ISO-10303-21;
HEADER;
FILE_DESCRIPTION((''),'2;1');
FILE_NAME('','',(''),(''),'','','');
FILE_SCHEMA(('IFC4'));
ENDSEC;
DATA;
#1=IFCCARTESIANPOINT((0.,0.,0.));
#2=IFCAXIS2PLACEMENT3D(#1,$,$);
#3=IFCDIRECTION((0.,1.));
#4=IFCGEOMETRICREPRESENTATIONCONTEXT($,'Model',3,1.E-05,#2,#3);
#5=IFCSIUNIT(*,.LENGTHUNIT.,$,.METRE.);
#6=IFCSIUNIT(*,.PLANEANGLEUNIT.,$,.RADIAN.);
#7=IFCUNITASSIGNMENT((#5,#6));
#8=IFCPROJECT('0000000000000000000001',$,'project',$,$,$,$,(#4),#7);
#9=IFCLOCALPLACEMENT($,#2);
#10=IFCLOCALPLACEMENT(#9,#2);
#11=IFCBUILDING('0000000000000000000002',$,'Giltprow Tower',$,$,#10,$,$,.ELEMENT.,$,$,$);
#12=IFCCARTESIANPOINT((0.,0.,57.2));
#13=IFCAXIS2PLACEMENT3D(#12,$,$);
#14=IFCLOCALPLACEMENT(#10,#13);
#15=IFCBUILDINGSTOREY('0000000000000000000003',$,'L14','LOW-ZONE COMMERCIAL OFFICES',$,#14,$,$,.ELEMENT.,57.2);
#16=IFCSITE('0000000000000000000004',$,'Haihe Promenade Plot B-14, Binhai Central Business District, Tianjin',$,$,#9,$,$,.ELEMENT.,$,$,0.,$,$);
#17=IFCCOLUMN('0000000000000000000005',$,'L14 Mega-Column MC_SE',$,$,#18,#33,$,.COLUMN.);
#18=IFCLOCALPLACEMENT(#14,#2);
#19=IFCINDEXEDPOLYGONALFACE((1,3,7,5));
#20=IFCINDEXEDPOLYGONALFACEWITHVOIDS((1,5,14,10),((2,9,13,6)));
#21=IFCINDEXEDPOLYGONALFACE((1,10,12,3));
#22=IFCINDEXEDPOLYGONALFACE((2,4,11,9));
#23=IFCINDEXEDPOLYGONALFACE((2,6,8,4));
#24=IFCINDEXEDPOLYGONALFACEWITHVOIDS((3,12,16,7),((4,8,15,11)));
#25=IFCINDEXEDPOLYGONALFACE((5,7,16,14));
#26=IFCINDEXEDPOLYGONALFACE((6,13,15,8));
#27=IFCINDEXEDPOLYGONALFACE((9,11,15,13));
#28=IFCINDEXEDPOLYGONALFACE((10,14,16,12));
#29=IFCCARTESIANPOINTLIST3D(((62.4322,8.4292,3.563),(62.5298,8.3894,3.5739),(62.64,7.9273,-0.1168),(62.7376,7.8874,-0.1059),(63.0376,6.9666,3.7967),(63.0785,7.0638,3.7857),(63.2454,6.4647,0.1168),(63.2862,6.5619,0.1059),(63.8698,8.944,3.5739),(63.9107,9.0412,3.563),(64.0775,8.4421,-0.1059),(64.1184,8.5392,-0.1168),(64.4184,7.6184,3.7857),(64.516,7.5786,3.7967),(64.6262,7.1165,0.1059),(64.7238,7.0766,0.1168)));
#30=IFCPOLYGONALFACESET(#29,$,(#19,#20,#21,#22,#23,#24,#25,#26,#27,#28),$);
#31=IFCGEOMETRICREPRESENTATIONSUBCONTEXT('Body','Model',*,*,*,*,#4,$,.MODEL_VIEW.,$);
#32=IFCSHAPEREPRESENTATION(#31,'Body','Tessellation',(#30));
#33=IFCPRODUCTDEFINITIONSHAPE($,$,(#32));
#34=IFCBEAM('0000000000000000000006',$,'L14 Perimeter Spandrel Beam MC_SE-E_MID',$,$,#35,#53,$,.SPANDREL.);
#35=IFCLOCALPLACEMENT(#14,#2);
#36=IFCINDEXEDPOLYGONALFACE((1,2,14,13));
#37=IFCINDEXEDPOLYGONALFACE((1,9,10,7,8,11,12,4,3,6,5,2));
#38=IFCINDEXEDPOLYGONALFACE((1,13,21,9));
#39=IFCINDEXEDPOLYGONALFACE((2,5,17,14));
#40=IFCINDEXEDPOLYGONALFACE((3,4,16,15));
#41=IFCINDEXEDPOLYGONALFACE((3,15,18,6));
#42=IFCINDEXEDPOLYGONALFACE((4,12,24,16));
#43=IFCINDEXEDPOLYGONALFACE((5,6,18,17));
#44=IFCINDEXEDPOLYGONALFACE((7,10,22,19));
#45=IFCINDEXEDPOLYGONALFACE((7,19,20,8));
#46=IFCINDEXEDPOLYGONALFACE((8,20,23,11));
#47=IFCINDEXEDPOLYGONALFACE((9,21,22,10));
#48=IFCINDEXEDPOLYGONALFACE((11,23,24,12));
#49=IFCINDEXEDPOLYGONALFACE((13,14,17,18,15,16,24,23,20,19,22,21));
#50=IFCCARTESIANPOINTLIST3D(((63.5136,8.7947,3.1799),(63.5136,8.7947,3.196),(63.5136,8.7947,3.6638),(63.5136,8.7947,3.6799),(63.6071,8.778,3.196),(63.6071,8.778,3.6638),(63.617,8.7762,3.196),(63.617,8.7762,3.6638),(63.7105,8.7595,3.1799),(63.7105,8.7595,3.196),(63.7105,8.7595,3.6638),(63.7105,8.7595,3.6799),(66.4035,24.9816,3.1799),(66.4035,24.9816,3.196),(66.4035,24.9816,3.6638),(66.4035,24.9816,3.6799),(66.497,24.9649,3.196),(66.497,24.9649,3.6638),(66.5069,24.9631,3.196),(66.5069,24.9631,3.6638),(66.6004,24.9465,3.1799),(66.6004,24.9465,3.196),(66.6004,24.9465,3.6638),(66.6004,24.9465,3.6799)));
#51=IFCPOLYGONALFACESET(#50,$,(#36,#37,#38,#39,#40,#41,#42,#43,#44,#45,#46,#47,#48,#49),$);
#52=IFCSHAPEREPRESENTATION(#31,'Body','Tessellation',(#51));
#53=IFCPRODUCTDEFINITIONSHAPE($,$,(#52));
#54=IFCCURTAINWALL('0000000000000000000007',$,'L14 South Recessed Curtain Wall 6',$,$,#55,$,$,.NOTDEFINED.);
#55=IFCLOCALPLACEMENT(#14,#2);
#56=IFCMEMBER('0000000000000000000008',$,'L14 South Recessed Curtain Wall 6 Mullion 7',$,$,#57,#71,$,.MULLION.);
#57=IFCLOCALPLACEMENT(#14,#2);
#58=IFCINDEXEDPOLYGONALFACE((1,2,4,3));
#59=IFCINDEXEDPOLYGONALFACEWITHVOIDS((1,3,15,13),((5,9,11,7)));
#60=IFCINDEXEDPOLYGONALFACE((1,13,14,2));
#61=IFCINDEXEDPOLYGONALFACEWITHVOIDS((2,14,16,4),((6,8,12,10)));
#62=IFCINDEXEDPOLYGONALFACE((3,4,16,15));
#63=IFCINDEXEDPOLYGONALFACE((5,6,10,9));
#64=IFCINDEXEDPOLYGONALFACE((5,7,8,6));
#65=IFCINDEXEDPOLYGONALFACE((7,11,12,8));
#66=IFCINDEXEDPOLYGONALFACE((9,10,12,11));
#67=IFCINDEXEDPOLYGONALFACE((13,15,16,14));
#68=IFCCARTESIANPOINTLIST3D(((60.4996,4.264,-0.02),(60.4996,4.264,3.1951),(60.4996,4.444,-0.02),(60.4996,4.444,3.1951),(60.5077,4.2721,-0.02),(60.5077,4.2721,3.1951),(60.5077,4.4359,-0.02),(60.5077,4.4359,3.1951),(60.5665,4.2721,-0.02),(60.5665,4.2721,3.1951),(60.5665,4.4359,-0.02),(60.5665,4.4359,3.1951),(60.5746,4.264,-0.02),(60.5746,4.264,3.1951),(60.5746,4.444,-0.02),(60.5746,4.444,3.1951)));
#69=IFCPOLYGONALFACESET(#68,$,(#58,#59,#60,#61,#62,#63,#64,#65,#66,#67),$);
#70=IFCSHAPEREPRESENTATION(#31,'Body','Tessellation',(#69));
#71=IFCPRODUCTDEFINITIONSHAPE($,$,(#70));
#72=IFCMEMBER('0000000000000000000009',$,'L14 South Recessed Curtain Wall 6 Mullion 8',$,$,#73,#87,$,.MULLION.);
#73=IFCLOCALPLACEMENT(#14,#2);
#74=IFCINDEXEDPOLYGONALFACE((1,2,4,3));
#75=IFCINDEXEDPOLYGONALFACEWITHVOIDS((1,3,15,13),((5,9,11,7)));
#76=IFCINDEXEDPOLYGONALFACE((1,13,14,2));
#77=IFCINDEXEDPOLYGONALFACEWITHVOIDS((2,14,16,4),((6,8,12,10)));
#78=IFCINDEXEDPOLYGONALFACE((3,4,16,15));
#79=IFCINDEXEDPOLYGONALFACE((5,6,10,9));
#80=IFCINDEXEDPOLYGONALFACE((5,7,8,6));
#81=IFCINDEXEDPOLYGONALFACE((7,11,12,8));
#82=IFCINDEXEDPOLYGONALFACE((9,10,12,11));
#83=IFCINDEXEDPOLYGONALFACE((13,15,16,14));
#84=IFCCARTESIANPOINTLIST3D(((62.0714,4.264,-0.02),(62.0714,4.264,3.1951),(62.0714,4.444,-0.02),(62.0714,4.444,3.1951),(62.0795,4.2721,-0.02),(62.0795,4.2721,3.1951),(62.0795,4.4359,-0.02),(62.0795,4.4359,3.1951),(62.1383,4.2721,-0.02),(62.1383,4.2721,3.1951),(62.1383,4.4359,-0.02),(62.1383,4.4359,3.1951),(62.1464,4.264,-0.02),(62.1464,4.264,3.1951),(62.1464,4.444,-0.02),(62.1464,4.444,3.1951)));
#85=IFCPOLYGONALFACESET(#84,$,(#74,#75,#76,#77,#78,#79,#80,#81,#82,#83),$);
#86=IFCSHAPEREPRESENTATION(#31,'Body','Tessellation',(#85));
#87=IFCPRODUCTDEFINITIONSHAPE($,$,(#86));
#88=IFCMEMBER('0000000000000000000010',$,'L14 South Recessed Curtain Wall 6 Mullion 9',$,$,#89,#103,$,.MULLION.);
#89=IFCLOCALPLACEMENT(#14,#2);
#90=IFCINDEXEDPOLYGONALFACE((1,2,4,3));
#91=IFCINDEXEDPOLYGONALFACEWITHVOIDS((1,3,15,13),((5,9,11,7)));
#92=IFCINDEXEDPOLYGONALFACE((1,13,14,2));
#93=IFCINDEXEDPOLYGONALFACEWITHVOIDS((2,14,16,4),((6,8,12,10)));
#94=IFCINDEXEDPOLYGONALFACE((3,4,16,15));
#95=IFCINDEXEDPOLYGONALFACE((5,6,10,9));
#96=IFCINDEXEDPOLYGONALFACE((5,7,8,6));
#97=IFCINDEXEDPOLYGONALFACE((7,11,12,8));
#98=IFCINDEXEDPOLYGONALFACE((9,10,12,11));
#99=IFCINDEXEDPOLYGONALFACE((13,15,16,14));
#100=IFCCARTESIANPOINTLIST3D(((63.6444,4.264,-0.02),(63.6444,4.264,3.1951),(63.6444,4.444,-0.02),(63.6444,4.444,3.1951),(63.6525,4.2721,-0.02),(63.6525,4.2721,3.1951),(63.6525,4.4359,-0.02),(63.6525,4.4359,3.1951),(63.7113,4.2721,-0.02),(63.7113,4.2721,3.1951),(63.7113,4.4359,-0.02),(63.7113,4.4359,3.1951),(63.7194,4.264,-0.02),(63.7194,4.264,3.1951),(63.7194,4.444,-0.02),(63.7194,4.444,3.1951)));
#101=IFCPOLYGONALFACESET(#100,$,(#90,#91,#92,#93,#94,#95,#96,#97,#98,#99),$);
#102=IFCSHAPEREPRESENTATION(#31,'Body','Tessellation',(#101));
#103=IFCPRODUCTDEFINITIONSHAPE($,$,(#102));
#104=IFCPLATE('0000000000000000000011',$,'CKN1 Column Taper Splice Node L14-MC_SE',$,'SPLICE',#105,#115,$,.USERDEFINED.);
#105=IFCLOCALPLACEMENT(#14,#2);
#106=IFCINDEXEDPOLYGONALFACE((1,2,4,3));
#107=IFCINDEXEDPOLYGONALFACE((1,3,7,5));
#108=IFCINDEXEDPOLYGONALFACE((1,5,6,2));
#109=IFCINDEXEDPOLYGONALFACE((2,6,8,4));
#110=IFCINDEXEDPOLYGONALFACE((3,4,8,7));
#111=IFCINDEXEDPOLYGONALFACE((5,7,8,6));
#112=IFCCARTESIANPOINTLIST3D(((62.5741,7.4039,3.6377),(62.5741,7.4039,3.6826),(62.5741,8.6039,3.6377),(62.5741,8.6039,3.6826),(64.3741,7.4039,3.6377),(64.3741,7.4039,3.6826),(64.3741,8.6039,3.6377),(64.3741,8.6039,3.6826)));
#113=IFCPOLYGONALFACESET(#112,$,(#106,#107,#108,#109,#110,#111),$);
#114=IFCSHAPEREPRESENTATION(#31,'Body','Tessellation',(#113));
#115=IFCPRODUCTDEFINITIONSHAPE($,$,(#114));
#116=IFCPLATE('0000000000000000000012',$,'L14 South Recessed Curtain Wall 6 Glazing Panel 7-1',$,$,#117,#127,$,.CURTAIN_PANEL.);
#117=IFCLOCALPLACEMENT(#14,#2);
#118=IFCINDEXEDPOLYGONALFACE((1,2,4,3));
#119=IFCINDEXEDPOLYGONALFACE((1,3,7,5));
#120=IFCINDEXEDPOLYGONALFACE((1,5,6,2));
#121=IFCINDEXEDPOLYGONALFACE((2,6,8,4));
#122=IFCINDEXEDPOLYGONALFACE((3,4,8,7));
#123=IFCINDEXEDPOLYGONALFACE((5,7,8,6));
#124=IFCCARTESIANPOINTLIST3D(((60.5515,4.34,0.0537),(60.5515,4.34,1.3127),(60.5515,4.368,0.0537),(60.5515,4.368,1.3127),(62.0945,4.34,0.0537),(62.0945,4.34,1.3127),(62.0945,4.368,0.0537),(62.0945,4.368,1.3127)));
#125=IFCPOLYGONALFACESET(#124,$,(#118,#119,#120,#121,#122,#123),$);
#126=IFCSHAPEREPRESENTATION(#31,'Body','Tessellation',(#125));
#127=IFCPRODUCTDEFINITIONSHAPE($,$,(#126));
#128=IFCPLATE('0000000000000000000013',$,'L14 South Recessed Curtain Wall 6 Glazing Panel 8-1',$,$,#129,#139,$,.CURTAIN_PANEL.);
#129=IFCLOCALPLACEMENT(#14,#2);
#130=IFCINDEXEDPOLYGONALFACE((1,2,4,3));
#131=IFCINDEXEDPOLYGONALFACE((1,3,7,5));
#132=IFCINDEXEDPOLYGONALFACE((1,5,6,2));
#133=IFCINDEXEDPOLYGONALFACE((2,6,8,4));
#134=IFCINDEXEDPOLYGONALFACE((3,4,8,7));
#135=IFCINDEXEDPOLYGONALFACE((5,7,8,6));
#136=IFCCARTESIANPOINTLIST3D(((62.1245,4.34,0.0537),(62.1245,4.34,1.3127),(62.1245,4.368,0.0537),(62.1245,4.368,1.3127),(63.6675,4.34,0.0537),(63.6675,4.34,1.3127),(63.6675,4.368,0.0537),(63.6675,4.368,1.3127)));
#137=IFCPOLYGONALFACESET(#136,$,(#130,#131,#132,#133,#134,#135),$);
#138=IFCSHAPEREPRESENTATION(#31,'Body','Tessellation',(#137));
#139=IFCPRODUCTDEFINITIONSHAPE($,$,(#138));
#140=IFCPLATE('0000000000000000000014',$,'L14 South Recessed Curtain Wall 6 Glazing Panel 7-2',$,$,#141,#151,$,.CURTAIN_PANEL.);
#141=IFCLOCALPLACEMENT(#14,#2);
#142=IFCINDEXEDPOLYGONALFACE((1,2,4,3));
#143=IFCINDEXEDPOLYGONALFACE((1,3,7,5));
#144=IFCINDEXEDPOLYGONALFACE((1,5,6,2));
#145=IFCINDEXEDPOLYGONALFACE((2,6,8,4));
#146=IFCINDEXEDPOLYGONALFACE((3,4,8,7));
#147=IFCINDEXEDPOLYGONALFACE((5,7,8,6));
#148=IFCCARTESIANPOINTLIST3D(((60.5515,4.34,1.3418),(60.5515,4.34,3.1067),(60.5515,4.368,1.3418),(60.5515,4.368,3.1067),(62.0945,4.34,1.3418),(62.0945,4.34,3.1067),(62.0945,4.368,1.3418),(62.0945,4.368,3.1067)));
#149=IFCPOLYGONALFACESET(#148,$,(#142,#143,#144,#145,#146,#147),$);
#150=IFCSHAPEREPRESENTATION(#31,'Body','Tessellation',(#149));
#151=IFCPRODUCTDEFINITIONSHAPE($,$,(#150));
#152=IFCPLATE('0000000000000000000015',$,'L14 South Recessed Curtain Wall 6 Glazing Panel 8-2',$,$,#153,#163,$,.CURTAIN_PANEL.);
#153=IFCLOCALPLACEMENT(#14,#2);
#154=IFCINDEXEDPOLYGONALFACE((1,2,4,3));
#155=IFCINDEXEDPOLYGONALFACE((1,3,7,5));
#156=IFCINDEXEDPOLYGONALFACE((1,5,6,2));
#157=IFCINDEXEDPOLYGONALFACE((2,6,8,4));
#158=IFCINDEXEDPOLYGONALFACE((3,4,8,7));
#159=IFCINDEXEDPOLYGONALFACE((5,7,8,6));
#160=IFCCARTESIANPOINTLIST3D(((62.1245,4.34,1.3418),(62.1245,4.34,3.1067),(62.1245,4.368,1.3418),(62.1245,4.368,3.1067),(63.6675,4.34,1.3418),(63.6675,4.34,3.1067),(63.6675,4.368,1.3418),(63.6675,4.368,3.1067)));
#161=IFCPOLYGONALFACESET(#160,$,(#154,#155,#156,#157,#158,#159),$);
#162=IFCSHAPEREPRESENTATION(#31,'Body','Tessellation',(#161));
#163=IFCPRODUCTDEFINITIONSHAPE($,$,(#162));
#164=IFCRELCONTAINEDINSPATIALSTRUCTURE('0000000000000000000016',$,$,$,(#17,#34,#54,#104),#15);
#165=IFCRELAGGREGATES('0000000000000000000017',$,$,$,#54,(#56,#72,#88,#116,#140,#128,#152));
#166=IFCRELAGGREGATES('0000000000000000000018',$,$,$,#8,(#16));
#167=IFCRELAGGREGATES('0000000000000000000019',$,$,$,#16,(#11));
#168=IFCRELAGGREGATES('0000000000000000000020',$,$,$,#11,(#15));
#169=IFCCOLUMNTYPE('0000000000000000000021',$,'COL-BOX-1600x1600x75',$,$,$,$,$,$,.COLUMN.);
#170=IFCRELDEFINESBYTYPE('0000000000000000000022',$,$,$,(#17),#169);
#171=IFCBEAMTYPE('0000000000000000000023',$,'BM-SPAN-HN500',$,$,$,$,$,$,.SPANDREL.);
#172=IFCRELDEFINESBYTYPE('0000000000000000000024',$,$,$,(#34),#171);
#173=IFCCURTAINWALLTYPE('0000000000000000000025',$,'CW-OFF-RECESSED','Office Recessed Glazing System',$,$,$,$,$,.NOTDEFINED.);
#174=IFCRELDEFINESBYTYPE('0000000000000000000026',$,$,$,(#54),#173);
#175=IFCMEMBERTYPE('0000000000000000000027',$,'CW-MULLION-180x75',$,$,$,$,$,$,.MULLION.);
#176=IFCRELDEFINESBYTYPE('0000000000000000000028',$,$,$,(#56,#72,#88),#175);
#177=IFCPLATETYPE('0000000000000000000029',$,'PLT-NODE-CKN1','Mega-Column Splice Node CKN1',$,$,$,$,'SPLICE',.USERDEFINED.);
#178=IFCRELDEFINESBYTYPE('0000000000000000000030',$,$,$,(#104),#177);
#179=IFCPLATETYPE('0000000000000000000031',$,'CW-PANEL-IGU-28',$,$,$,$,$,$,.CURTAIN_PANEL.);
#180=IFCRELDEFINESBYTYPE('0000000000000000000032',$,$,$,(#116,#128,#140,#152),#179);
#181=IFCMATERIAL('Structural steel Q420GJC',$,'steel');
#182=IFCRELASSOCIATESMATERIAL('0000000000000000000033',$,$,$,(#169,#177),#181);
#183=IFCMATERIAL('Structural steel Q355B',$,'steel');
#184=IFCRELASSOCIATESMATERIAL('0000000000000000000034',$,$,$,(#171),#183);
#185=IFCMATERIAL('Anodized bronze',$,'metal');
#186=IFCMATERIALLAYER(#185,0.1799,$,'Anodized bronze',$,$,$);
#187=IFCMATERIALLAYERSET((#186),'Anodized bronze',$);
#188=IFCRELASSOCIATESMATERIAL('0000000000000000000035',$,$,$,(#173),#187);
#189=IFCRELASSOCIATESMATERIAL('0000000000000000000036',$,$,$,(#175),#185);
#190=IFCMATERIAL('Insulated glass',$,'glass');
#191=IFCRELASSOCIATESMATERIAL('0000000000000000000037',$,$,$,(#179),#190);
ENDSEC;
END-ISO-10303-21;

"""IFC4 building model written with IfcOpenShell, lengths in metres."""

from ifc_helpers import new_model, si_unit, direction, frame, origin, origin_2d, place, context, subcontext, project, spatial, rectangle, hollow_rectangle, i_section, extrude, source, transform, mapped, material, layer, layer_set, material_profile, profile_set, type_object, element, aggregate, save


model = new_model("IFC4")

# Units and contexts
model_context = context("Model", 3, precision=1e-05, world=origin(), true_north=direction((0.0, 1.0)))
body_context = subcontext(model_context, "Body", "Model", "MODEL_VIEW")
ifc_project = project(units=[si_unit("LENGTHUNIT", "METRE"), si_unit("PLANEANGLEUNIT", "RADIAN")], contexts=[model_context])

# Site, building, storey
site_placement = place(None, origin())
site = spatial("IfcSite", under=ifc_project, at=site_placement, Name="Haihe Promenade Plot B-14, Binhai Central Business District, Tianjin", CompositionType="ELEMENT", RefElevation=0.0)
building_placement = place(site_placement, origin())
building = spatial("IfcBuilding", under=site, at=building_placement, Name="Giltprow Tower", CompositionType="ELEMENT")
storey_placement = place(building_placement, frame((0.0, 0.0, 57.2)))
storey = spatial("IfcBuildingStorey", under=building, at=storey_placement, Name="L14", Description="LOW-ZONE COMMERCIAL OFFICES", CompositionType="ELEMENT", Elevation=57.2)

# Column
ifc_material_1 = material(Name="Structural steel Q420GJC", Category="steel")
ifc_material_profile_1 = material_profile(ifc_material_1, hollow_rectangle(XDim=1.6001, YDim=1.6001, WallThickness=0.075, at=origin_2d()), Name="BOX 1600x1600x75")
ifc_profile_set_1 = profile_set([ifc_material_profile_1], Name="Structural steel Q420GJC")
column_type = type_object("IfcColumnType", Name="COL-BOX-1600x1600x75", PredefinedType="COLUMN", material=ifc_profile_set_1)
shared_shape_1 = source(origin(), body_context, "Body", "SweptSolid", [
    extrude(hollow_rectangle(XDim=1.6001, YDim=1.6001, WallThickness=0.075, at=origin_2d()), origin(), (0.0, 0.0, 1.0), 3.7197),
])
column_placement = place(storey_placement, frame((63.6819, 7.502, 0.0), z_axis=(-0.055853, 0.13494, 0.989278), x_axis=(-0.923979, -0.382444, 0.0)))
element("IfcColumn", 1, at=column_placement, inside=storey, type_object=column_type, Name="L14 Mega-Column MC_SE", PredefinedType="COLUMN", context=body_context, shape_type="MappedRepresentation", body=[
    mapped(shared_shape_1, transform((0.0, 0.0, 0.0), x_axis=(1.0, 0.0, 0.0), y_axis=(0.0, 1.0, 0.0), z_axis=(0.0, 0.0, 1.0), scale=1.0)),
])

# Beam
ifc_material_2 = material(Name="Structural steel Q355B", Category="steel")
ifc_material_profile_2 = material_profile(ifc_material_2, i_section(OverallWidth=0.2, OverallDepth=0.5, WebThickness=0.01, FlangeThickness=0.0161, at=origin_2d()), Name="HN 500x200x10x16")
ifc_profile_set_2 = profile_set([ifc_material_profile_2], Name="Structural steel Q355B")
beam_type = type_object("IfcBeamType", Name="BM-SPAN-HN500", PredefinedType="SPANDREL", material=ifc_profile_set_2)
shared_shape_2 = source(origin(), body_context, "Body", "SweptSolid", [
    extrude(i_section(OverallWidth=0.2, OverallDepth=0.5, WebThickness=0.01, FlangeThickness=0.0161, at=origin_2d()), origin(), (0.0, 0.0, 1.0), 16.4429),
])
beam_placement = place(storey_placement, frame((63.6121, 8.7771, 3.4299), z_axis=(0.175753, 0.984434, 0.0), x_axis=(-0.984434, 0.175753, 0.0)))
element("IfcBeam", 2, at=beam_placement, inside=storey, type_object=beam_type, Name="L14 Perimeter Spandrel Beam MC_SE-E_MID", PredefinedType="SPANDREL", context=body_context, shape_type="MappedRepresentation", body=[
    mapped(shared_shape_2, transform((0.0, 0.0, 0.0), x_axis=(1.0, 0.0, 0.0), y_axis=(0.0, 1.0, 0.0), z_axis=(0.0, 0.0, 1.0), scale=1.0)),
])

# Curtain wall, members
ifc_material_3 = material(Name="Anodized bronze", Category="metal")
ifc_layer_1 = layer(ifc_material_3, 0.1799, Name="Anodized bronze")
ifc_layer_set_1 = layer_set([ifc_layer_1], Name="Anodized bronze")
curtain_wall_type = type_object("IfcCurtainWallType", Name="CW-OFF-RECESSED", Description="Office Recessed Glazing System", PredefinedType="NOTDEFINED", material=ifc_layer_set_1)
curtain_wall_placement = place(storey_placement, origin())
curtain_wall = element("IfcCurtainWall", 3, at=curtain_wall_placement, inside=storey, type_object=curtain_wall_type, Name="L14 South Recessed Curtain Wall 6", PredefinedType="NOTDEFINED")
ifc_material_profile_3 = material_profile(ifc_material_3, hollow_rectangle(XDim=0.075, YDim=0.1799, WallThickness=0.0081, at=origin_2d()), Name="RHS 180x75x8")
ifc_profile_set_3 = profile_set([ifc_material_profile_3], Name="Anodized bronze")
member_type = type_object("IfcMemberType", Name="CW-MULLION-180x75", PredefinedType="MULLION", material=ifc_profile_set_3)
shared_shape_3 = source(origin(), body_context, "Body", "SweptSolid", [
    extrude(hollow_rectangle(XDim=0.075, YDim=0.1799, WallThickness=0.0081, at=origin_2d()), origin(), (0.0, 0.0, 1.0), 3.2151),
])
member_1_placement = place(storey_placement, frame((60.5371, 4.354, -0.02), z_axis=(0.0, 0.0, 1.0), x_axis=(1.0, 0.0, 0.0)))
member_1 = element("IfcMember", 4, at=member_1_placement, type_object=member_type, Name="L14 South Recessed Curtain Wall 6 Mullion 7", PredefinedType="MULLION", context=body_context, shape_type="MappedRepresentation", body=[
    mapped(shared_shape_3, transform((0.0, 0.0, 0.0), x_axis=(1.0, 0.0, 0.0), y_axis=(0.0, 1.0, 0.0), z_axis=(0.0, 0.0, 1.0), scale=1.0)),
])
member_2_placement = place(storey_placement, frame((62.1089, 4.354, -0.02), z_axis=(0.0, 0.0, 1.0), x_axis=(1.0, 0.0, 0.0)))
member_2 = element("IfcMember", 5, at=member_2_placement, type_object=member_type, Name="L14 South Recessed Curtain Wall 6 Mullion 8", PredefinedType="MULLION", context=body_context, shape_type="MappedRepresentation", body=[
    mapped(shared_shape_3, transform((0.0, 0.0, 0.0), x_axis=(1.0, 0.0, 0.0), y_axis=(0.0, 1.0, 0.0), z_axis=(0.0, 0.0, 1.0), scale=1.0)),
])
member_3_placement = place(storey_placement, frame((63.6819, 4.354, -0.02), z_axis=(0.0, 0.0, 1.0), x_axis=(1.0, 0.0, 0.0)))
member_3 = element("IfcMember", 6, at=member_3_placement, type_object=member_type, Name="L14 South Recessed Curtain Wall 6 Mullion 9", PredefinedType="MULLION", context=body_context, shape_type="MappedRepresentation", body=[
    mapped(shared_shape_3, transform((0.0, 0.0, 0.0), x_axis=(1.0, 0.0, 0.0), y_axis=(0.0, 1.0, 0.0), z_axis=(0.0, 0.0, 1.0), scale=1.0)),
])

# Plates
plate_type_1 = type_object("IfcPlateType", Name="PLT-NODE-CKN1", Description="Mega-Column Splice Node CKN1", ElementType="SPLICE", PredefinedType="USERDEFINED", material=ifc_material_1)
shared_shape_4 = source(origin(), body_context, "Body", "SweptSolid", [
    extrude(rectangle(XDim=1.8, YDim=1.2, at=origin_2d()), origin(), (0.0, 0.0, 1.0), 0.0449),
])
plate_1_placement = place(storey_placement, frame((63.4741, 8.0039, 3.6377), z_axis=(0.0, 0.0, 1.0), x_axis=(1.0, 0.0, 0.0)))
element("IfcPlate", 7, at=plate_1_placement, inside=storey, type_object=plate_type_1, Name="CKN1 Column Taper Splice Node L14-MC_SE", ObjectType="SPLICE", PredefinedType="USERDEFINED", context=body_context, shape_type="MappedRepresentation", body=[
    mapped(shared_shape_4, transform((0.0, 0.0, 0.0), x_axis=(1.0, 0.0, 0.0), y_axis=(0.0, 1.0, 0.0), z_axis=(0.0, 0.0, 1.0), scale=1.0)),
])
ifc_material_4 = material(Name="Insulated glass", Category="glass")
plate_type_2 = type_object("IfcPlateType", Name="CW-PANEL-IGU-28", PredefinedType="CURTAIN_PANEL", material=ifc_material_4)
shared_shape_5 = source(origin(), body_context, "Body", "SweptSolid", [
    extrude(rectangle(XDim=1.543, YDim=0.0281, at=origin_2d()), origin(), (0.0, 0.0, 1.0), 1.259),
])
plate_2_placement = place(storey_placement, frame((61.323, 4.354, 0.0537), z_axis=(0.0, 0.0, 1.0), x_axis=(1.0, 0.0, 0.0)))
plate_2 = element("IfcPlate", 8, at=plate_2_placement, type_object=plate_type_2, Name="L14 South Recessed Curtain Wall 6 Glazing Panel 7-1", PredefinedType="CURTAIN_PANEL", context=body_context, shape_type="MappedRepresentation", body=[
    mapped(shared_shape_5, transform((0.0, 0.0, 0.0), x_axis=(1.0, 0.0, 0.0), y_axis=(0.0, 1.0, 0.0), z_axis=(0.0, 0.0, 1.0), scale=1.0)),
])
plate_3_placement = place(storey_placement, frame((62.896, 4.354, 0.0537), z_axis=(0.0, 0.0, 1.0), x_axis=(1.0, 0.0, 0.0)))
plate_3 = element("IfcPlate", 9, at=plate_3_placement, type_object=plate_type_2, Name="L14 South Recessed Curtain Wall 6 Glazing Panel 8-1", PredefinedType="CURTAIN_PANEL", context=body_context, shape_type="MappedRepresentation", body=[
    mapped(shared_shape_5, transform((0.0, 0.0, 0.0), x_axis=(1.0, 0.0, 0.0), y_axis=(0.0, 1.0, 0.0), z_axis=(0.0, 0.0, 1.0), scale=1.0)),
])
shared_shape_6 = source(origin(), body_context, "Body", "SweptSolid", [
    extrude(rectangle(XDim=1.543, YDim=0.0281, at=origin_2d()), origin(), (0.0, 0.0, 1.0), 1.7649),
])
plate_4_placement = place(storey_placement, frame((61.323, 4.354, 1.3418), z_axis=(0.0, 0.0, 1.0), x_axis=(1.0, 0.0, 0.0)))
plate_4 = element("IfcPlate", 10, at=plate_4_placement, type_object=plate_type_2, Name="L14 South Recessed Curtain Wall 6 Glazing Panel 7-2", PredefinedType="CURTAIN_PANEL", context=body_context, shape_type="MappedRepresentation", body=[
    mapped(shared_shape_6, transform((0.0, 0.0, 0.0), x_axis=(1.0, 0.0, 0.0), y_axis=(0.0, 1.0, 0.0), z_axis=(0.0, 0.0, 1.0), scale=1.0)),
])
plate_5_placement = place(storey_placement, frame((62.896, 4.354, 1.3418), z_axis=(0.0, 0.0, 1.0), x_axis=(1.0, 0.0, 0.0)))
plate_5 = element("IfcPlate", 11, at=plate_5_placement, type_object=plate_type_2, Name="L14 South Recessed Curtain Wall 6 Glazing Panel 8-2", PredefinedType="CURTAIN_PANEL", context=body_context, shape_type="MappedRepresentation", body=[
    mapped(shared_shape_6, transform((0.0, 0.0, 0.0), x_axis=(1.0, 0.0, 0.0), y_axis=(0.0, 1.0, 0.0), z_axis=(0.0, 0.0, 1.0), scale=1.0)),
])
aggregate(curtain_wall, [member_1, member_2, member_3, plate_2, plate_4, plate_3, plate_5])

save(model, "model.ifc")
